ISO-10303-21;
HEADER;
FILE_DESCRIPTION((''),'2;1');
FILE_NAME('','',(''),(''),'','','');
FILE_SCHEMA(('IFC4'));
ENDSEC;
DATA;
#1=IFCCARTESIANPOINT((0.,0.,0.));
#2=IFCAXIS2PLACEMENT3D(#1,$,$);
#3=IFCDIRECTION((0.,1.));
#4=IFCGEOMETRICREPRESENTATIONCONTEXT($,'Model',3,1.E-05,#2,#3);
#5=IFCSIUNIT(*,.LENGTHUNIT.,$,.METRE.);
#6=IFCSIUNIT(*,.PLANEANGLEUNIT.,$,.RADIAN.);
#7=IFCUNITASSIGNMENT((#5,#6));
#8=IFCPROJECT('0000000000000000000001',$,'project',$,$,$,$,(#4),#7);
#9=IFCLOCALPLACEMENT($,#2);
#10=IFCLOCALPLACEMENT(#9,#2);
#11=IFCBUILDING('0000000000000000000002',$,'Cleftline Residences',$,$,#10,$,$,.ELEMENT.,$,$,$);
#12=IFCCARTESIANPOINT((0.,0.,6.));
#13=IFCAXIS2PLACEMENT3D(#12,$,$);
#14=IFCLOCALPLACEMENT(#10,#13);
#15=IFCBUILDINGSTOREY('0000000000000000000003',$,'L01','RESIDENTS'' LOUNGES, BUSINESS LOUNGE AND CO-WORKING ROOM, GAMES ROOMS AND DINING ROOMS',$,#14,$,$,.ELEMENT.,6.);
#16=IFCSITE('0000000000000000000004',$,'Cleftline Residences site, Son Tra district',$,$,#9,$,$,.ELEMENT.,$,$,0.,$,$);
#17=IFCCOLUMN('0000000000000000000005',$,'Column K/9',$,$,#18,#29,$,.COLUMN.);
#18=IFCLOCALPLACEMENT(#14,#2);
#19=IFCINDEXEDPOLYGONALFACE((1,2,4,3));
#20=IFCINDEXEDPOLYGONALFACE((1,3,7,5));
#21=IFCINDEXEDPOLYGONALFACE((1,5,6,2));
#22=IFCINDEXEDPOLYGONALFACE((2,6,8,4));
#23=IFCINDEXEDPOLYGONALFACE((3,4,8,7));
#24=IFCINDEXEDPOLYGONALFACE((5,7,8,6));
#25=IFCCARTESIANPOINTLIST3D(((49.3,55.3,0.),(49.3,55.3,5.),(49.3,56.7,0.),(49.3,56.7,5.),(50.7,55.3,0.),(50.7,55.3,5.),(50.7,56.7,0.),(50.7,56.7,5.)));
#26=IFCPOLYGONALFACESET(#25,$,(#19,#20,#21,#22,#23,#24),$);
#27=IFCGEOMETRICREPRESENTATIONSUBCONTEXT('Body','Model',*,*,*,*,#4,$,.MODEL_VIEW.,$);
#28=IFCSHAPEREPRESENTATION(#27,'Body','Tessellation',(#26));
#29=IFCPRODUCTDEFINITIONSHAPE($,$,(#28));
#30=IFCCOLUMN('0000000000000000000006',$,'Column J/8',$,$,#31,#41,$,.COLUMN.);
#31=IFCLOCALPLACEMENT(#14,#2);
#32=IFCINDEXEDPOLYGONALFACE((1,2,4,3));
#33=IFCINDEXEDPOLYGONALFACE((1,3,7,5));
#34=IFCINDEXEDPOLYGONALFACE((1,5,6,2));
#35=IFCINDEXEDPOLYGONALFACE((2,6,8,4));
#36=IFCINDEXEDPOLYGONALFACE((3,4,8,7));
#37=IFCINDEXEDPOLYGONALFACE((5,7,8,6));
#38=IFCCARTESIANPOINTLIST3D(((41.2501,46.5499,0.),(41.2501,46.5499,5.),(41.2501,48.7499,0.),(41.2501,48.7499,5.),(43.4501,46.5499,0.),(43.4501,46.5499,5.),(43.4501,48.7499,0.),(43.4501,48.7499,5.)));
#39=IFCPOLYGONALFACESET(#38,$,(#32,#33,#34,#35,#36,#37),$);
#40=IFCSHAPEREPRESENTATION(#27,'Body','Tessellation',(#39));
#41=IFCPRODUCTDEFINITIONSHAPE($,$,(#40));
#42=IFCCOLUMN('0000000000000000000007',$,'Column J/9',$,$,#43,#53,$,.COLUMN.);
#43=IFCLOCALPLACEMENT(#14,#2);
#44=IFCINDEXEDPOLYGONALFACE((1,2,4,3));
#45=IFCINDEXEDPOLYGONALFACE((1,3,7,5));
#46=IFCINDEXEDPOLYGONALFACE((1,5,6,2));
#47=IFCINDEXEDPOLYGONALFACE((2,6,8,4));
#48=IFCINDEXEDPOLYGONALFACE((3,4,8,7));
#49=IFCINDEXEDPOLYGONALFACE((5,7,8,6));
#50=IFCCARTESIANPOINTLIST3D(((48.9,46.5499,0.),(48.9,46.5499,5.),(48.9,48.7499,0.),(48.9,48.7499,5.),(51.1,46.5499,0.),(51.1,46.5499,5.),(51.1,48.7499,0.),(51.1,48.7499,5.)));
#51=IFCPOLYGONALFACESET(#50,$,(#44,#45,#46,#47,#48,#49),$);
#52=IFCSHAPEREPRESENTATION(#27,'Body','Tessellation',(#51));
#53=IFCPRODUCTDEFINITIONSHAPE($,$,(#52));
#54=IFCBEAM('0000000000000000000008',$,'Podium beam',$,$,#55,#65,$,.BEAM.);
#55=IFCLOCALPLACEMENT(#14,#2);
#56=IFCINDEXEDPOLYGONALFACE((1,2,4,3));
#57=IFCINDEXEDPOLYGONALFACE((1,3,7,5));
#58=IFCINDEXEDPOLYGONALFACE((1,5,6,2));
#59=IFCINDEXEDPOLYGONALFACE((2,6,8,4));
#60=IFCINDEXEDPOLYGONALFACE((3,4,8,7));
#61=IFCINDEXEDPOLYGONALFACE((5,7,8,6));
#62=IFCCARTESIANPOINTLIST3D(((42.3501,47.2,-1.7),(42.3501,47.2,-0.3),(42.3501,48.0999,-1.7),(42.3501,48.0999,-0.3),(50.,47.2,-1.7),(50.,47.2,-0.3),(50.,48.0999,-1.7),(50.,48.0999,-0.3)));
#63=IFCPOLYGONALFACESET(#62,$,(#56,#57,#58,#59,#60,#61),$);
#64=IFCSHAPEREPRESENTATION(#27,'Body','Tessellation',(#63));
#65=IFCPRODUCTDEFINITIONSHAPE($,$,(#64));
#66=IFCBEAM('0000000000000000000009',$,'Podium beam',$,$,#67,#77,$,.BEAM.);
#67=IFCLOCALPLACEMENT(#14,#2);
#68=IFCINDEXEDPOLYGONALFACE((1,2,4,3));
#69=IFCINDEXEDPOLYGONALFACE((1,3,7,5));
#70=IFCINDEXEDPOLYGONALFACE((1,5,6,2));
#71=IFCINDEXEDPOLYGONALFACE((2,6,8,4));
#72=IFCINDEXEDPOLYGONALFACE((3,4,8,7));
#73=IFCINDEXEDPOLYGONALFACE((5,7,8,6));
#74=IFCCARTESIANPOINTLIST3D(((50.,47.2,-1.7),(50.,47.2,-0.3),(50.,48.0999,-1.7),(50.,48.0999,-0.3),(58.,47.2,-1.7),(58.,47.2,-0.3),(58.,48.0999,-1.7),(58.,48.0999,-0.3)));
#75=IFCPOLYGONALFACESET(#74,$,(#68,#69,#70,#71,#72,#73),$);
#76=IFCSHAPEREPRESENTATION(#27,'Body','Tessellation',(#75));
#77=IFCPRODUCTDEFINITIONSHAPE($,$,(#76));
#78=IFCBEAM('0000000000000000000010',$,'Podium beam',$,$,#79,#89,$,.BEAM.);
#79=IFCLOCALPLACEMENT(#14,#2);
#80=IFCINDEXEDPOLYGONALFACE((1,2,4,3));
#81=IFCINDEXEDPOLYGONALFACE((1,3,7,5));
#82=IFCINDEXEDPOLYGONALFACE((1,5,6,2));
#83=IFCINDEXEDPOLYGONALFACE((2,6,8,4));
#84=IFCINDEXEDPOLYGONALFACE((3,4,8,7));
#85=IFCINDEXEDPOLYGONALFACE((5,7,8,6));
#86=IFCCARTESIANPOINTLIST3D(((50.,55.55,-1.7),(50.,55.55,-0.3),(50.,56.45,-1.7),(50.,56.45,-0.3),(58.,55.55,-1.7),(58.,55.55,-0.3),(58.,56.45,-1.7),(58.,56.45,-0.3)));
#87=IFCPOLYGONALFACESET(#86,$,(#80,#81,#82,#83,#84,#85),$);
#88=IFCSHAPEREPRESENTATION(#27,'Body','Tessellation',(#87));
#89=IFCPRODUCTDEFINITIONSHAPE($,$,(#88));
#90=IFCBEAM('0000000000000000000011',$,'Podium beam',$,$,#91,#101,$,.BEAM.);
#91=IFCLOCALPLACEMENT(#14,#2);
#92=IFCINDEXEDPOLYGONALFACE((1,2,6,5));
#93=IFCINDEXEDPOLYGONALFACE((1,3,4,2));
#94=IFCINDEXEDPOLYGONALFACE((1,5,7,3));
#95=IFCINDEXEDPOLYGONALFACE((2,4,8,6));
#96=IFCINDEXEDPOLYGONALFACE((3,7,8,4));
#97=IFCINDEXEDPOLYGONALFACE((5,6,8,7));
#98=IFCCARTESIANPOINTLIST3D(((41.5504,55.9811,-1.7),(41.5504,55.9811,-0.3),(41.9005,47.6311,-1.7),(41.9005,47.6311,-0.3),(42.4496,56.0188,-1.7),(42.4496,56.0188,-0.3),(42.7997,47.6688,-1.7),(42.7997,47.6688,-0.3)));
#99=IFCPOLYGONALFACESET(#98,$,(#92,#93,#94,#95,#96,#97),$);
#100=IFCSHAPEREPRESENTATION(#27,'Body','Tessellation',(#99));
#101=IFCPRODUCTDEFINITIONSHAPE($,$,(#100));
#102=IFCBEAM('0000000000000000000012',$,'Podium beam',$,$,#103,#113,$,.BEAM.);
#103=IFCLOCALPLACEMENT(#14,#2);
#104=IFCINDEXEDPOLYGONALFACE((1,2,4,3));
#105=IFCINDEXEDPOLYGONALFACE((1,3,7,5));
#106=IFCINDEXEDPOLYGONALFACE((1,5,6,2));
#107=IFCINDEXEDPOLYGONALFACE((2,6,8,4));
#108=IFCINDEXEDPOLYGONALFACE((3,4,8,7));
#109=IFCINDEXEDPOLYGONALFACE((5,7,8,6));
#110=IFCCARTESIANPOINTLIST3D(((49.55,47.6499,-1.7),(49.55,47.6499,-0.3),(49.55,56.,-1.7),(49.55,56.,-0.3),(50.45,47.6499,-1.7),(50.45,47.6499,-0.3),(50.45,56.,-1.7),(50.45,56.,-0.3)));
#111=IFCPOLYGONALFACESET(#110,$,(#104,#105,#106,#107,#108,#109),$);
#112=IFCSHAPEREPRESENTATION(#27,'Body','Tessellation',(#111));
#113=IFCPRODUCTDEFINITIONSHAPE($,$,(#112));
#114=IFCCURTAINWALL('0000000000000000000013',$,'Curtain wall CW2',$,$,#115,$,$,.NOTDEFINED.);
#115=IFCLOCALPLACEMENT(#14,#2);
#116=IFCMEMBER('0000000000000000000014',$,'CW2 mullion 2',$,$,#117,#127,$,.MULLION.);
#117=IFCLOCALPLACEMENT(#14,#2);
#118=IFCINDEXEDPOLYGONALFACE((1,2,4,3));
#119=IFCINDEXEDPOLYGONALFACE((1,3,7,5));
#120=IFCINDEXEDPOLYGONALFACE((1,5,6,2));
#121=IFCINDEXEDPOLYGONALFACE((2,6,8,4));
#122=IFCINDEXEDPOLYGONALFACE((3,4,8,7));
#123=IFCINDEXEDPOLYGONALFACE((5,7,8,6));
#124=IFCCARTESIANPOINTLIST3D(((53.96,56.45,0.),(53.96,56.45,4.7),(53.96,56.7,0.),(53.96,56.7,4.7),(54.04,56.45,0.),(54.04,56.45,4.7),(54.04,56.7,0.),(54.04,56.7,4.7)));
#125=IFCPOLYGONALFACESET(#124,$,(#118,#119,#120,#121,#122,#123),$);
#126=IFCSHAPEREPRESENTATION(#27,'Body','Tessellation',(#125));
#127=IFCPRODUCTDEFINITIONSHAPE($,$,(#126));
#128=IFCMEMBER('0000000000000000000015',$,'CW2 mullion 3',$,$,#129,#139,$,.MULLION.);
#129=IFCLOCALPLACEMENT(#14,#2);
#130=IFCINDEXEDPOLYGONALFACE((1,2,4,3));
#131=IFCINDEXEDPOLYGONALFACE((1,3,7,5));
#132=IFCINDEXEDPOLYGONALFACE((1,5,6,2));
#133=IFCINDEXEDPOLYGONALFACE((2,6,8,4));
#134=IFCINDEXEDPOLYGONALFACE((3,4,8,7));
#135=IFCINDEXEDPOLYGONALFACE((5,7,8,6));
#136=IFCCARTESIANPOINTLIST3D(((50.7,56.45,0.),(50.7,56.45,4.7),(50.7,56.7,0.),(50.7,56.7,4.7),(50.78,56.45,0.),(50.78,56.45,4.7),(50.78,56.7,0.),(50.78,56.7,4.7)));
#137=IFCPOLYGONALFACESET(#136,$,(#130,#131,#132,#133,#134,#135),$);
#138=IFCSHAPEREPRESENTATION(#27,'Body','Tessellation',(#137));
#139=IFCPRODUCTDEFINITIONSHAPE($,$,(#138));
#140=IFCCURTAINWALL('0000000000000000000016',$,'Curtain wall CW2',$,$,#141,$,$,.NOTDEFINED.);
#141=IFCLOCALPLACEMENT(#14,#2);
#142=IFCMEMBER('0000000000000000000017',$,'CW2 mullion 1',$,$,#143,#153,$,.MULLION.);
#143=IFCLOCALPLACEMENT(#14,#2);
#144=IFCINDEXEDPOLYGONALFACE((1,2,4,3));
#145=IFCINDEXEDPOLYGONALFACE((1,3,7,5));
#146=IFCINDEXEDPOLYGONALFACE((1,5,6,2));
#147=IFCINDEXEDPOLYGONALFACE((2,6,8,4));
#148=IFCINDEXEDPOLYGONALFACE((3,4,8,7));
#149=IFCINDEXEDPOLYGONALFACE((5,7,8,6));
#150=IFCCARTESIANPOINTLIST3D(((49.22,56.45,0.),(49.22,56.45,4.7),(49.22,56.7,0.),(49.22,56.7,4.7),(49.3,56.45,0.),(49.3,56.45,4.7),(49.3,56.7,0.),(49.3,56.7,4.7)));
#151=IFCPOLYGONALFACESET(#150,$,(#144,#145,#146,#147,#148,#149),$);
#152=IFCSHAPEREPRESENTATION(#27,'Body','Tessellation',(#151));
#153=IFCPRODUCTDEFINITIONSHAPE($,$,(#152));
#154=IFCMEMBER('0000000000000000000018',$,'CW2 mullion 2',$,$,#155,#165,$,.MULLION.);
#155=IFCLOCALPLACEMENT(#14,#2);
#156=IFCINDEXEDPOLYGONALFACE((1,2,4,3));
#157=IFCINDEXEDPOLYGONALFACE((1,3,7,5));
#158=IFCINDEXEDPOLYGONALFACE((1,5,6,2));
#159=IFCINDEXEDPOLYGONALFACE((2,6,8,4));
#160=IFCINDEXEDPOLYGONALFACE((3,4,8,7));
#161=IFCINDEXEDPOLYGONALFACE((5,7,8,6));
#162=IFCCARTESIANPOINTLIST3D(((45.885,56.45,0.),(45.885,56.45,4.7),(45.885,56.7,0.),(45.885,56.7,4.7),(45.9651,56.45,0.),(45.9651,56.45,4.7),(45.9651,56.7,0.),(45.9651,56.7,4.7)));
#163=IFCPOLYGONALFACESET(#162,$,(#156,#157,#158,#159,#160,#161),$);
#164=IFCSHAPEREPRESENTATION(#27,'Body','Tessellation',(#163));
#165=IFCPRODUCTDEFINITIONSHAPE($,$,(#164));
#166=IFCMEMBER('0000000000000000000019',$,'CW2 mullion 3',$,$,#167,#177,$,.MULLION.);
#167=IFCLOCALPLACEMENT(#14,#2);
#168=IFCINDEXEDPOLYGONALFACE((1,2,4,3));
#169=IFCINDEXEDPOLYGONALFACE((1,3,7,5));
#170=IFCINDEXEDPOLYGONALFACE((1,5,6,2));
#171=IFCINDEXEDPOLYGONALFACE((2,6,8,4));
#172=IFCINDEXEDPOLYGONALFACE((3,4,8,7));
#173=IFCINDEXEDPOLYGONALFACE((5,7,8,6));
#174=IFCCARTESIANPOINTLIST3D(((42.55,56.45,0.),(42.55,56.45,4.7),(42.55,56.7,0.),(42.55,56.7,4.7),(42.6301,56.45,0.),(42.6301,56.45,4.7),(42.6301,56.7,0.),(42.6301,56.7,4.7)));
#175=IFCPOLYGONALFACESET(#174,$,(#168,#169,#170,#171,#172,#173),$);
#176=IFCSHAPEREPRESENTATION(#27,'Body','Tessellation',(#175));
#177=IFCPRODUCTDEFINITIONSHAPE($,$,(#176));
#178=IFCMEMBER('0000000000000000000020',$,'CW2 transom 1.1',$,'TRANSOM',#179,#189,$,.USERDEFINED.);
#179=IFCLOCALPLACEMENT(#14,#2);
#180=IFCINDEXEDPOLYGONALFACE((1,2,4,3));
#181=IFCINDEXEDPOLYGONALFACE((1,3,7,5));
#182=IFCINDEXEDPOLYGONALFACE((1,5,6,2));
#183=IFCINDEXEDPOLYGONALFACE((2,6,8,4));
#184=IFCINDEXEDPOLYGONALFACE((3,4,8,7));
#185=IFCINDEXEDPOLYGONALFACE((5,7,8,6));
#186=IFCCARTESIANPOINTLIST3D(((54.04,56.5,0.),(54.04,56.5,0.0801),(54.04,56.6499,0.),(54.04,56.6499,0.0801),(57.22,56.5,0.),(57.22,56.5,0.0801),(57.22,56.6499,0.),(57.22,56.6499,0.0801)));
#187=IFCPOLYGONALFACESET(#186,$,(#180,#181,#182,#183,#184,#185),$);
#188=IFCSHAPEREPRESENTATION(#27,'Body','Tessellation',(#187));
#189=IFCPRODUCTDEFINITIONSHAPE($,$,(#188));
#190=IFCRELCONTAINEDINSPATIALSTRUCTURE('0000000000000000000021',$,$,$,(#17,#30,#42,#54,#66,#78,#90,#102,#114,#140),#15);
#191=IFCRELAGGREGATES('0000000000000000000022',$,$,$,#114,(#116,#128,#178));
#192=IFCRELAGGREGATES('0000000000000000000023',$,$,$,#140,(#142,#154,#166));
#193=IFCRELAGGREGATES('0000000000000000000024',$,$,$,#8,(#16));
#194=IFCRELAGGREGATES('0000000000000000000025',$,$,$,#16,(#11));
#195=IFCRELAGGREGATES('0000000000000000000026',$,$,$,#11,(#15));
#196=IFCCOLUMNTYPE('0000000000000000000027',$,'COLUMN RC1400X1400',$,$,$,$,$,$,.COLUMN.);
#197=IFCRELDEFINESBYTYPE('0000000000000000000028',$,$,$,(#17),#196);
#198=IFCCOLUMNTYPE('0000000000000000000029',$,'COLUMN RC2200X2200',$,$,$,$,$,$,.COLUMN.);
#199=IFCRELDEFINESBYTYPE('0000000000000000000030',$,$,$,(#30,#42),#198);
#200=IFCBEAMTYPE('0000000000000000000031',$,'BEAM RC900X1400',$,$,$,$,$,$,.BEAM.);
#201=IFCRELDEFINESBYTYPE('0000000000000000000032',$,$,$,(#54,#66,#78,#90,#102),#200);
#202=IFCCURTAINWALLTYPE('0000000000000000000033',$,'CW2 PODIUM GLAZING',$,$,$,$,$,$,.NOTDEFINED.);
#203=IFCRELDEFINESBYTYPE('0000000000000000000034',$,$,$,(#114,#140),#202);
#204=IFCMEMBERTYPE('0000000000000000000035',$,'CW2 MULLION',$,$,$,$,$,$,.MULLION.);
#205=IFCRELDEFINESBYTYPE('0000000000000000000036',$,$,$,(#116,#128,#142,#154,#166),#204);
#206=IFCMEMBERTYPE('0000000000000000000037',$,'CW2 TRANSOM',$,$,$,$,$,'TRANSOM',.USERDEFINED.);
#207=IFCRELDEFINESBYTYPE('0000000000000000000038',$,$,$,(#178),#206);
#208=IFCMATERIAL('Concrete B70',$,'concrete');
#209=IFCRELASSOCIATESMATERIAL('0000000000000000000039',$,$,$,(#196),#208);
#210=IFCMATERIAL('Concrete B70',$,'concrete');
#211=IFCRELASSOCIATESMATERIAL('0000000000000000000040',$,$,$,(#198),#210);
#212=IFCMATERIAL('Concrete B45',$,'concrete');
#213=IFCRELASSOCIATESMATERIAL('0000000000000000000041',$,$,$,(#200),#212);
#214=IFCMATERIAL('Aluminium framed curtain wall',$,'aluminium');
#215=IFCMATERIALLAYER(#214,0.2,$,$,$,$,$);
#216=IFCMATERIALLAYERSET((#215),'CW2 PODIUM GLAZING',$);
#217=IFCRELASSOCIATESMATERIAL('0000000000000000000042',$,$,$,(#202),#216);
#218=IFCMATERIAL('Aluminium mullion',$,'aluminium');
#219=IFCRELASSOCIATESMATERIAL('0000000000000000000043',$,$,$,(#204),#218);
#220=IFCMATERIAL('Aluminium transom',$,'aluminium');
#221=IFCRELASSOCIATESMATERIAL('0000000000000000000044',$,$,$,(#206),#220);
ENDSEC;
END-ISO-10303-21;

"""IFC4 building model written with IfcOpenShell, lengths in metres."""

from ifc_helpers import new_model, si_unit, direction, frame, origin, origin_2d, place, context, subcontext, project, spatial, rectangle, extrude, material, layer, layer_set, material_profile, profile_set, type_object, element, aggregate, save


model = new_model("IFC4")

# Units and contexts
model_context = context("Model", 3, precision=1e-05, world=origin(), true_north=direction((0.0, 1.0)))
body_context = subcontext(model_context, "Body", "Model", "MODEL_VIEW")
ifc_project = project(units=[si_unit("LENGTHUNIT", "METRE"), si_unit("PLANEANGLEUNIT", "RADIAN")], contexts=[model_context])

# Site, building, storey
site_placement = place(None, origin())
site = spatial("IfcSite", under=ifc_project, at=site_placement, Name="Cleftline Residences site, Son Tra district", CompositionType="ELEMENT", RefElevation=0.0)
building_placement = place(site_placement, origin())
building = spatial("IfcBuilding", under=site, at=building_placement, Name="Cleftline Residences", CompositionType="ELEMENT")
storey_placement = place(building_placement, frame((0.0, 0.0, 6.0)))
storey = spatial("IfcBuildingStorey", under=building, at=storey_placement, Name="L01", Description="RESIDENTS' LOUNGES, BUSINESS LOUNGE AND CO-WORKING ROOM, GAMES ROOMS AND DINING ROOMS", CompositionType="ELEMENT", Elevation=6.0)

# Columns
ifc_material_1 = material(Name="Concrete B70", Category="concrete")
ifc_material_profile_1 = material_profile(ifc_material_1, rectangle(XDim=1.3999, YDim=1.3999, at=origin_2d()))
ifc_profile_set_1 = profile_set([ifc_material_profile_1], Name="Concrete B70")
column_type_1 = type_object("IfcColumnType", Name="COLUMN RC1400X1400", PredefinedType="COLUMN", material=ifc_profile_set_1)
column_placement = place(storey_placement, frame((50.0, 56.0, 0.0), z_axis=(0.0, 0.0, 1.0), x_axis=(1.0, 0.0, 0.0)))
element("IfcColumn", 1, at=column_placement, inside=storey, type_object=column_type_1, Name="Column K/9", PredefinedType="COLUMN", context=body_context, shape_type="SweptSolid", body=[
    extrude(rectangle(XDim=1.3999, YDim=1.3999, at=origin_2d()), origin(), (0.0, 0.0, 1.0), 5.0),
])
ifc_material_2 = material(Name="Concrete B70", Category="concrete")
ifc_material_profile_2 = material_profile(ifc_material_2, rectangle(XDim=2.2, YDim=2.2, at=origin_2d()))
ifc_profile_set_2 = profile_set([ifc_material_profile_2], Name="Concrete B70")
column_type_2 = type_object("IfcColumnType", Name="COLUMN RC2200X2200", PredefinedType="COLUMN", material=ifc_profile_set_2)
for number, where, z_axis, x_axis, name in (
    (2, (42.3501, 47.6499, 0.0), (0.0, 0.0, 1.0), (1.0, 0.0, 0.0), "Column J/8"),
    (3, (50.0, 47.6499, 0.0), (0.0, 0.0, 1.0), (1.0, 0.0, 0.0), "Column J/9"),
):
    element("IfcColumn", number, at=place(storey_placement, frame(where, z_axis=z_axis, x_axis=x_axis)), inside=storey, type_object=column_type_2, Name=name, PredefinedType="COLUMN", context=body_context, shape_type="SweptSolid", body=[
        extrude(rectangle(XDim=2.2, YDim=2.2, at=origin_2d()), origin(), (0.0, 0.0, 1.0), 5.0),
    ])

# Beams
ifc_material_3 = material(Name="Concrete B45", Category="concrete")
ifc_material_profile_3 = material_profile(ifc_material_3, rectangle(XDim=0.8999, YDim=1.3999, at=origin_2d()))
ifc_profile_set_3 = profile_set([ifc_material_profile_3], Name="Concrete B45")
beam_type = type_object("IfcBeamType", Name="BEAM RC900X1400", PredefinedType="BEAM", material=ifc_profile_set_3)
beam_1_placement = place(storey_placement, frame((42.3501, 47.6499, -1.0), z_axis=(1.0, 0.0, 0.0), x_axis=(0.0, 1.0, 0.0)))
element("IfcBeam", 4, at=beam_1_placement, inside=storey, type_object=beam_type, Name="Podium beam", PredefinedType="BEAM", context=body_context, shape_type="SweptSolid", body=[
    extrude(rectangle(XDim=0.8999, YDim=1.3999, at=origin_2d()), origin(), (0.0, 0.0, 1.0), 7.6499),
])
for number, where, z_axis, x_axis, name in (
    (5, (50.0, 47.6499, -1.0), (1.0, 0.0, 0.0), (0.0, 1.0, 0.0), "Podium beam"),
    (6, (50.0, 56.0, -1.0), (1.0, 0.0, 0.0), (0.0, 1.0, 0.0), "Podium beam"),
):
    element("IfcBeam", number, at=place(storey_placement, frame(where, z_axis=z_axis, x_axis=x_axis)), inside=storey, type_object=beam_type, Name=name, PredefinedType="BEAM", context=body_context, shape_type="SweptSolid", body=[
        extrude(rectangle(XDim=0.8999, YDim=1.3999, at=origin_2d()), origin(), (0.0, 0.0, 1.0), 8.0),
    ])
beam_2_placement = place(storey_placement, frame((42.3501, 47.6499, -1.0), z_axis=(-0.041891, 0.999122, 0.0), x_axis=(-0.999122, -0.041891, 0.0)))
element("IfcBeam", 7, at=beam_2_placement, inside=storey, type_object=beam_type, Name="Podium beam", PredefinedType="BEAM", context=body_context, shape_type="SweptSolid", body=[
    extrude(rectangle(XDim=0.8999, YDim=1.3999, at=origin_2d()), origin(), (0.0, 0.0, 1.0), 8.3574),
])
beam_3_placement = place(storey_placement, frame((50.0, 47.6499, -1.0), z_axis=(0.0, 1.0, 0.0), x_axis=(-1.0, 0.0, 0.0)))
element("IfcBeam", 8, at=beam_3_placement, inside=storey, type_object=beam_type, Name="Podium beam", PredefinedType="BEAM", context=body_context, shape_type="SweptSolid", body=[
    extrude(rectangle(XDim=0.8999, YDim=1.3999, at=origin_2d()), origin(), (0.0, 0.0, 1.0), 8.3501),
])

# Curtain walls, members
ifc_material_4 = material(Name="Aluminium framed curtain wall", Category="aluminium")
ifc_layer_1 = layer(ifc_material_4, 0.2)
ifc_layer_set_1 = layer_set([ifc_layer_1], Name="CW2 PODIUM GLAZING")
curtain_wall_type = type_object("IfcCurtainWallType", Name="CW2 PODIUM GLAZING", PredefinedType="NOTDEFINED", material=ifc_layer_set_1)
curtain_wall_1_placement = place(storey_placement, origin())
curtain_wall_1 = element("IfcCurtainWall", 9, at=curtain_wall_1_placement, inside=storey, type_object=curtain_wall_type, Name="Curtain wall CW2", PredefinedType="NOTDEFINED")
ifc_material_5 = material(Name="Aluminium mullion", Category="aluminium")
ifc_material_profile_4 = material_profile(ifc_material_5, rectangle(XDim=0.25, YDim=0.0801, at=origin_2d()))
ifc_profile_set_4 = profile_set([ifc_material_profile_4], Name="Aluminium mullion")
member_type_1 = type_object("IfcMemberType", Name="CW2 MULLION", PredefinedType="MULLION", material=ifc_profile_set_4)
member_1_placement = place(storey_placement, frame((54.0, 56.575, 0.0), z_axis=(0.0, 0.0, 1.0), x_axis=(0.0, -1.0, 0.0)))
member_1 = element("IfcMember", 10, at=member_1_placement, type_object=member_type_1, Name="CW2 mullion 2", PredefinedType="MULLION", context=body_context, shape_type="SweptSolid", body=[
    extrude(rectangle(XDim=0.25, YDim=0.0801, at=origin_2d()), origin(), (0.0, 0.0, 1.0), 4.7),
])
member_2_placement = place(storey_placement, frame((50.74, 56.575, 0.0), z_axis=(0.0, 0.0, 1.0), x_axis=(0.0, -1.0, 0.0)))
member_2 = element("IfcMember", 11, at=member_2_placement, type_object=member_type_1, Name="CW2 mullion 3", PredefinedType="MULLION", context=body_context, shape_type="SweptSolid", body=[
    extrude(rectangle(XDim=0.25, YDim=0.0801, at=origin_2d()), origin(), (0.0, 0.0, 1.0), 4.7),
])
curtain_wall_2_placement = place(storey_placement, origin())
curtain_wall_2 = element("IfcCurtainWall", 12, at=curtain_wall_2_placement, inside=storey, type_object=curtain_wall_type, Name="Curtain wall CW2", PredefinedType="NOTDEFINED")
member_3_placement = place(storey_placement, frame((49.26, 56.575, 0.0), z_axis=(0.0, 0.0, 1.0), x_axis=(0.0, -1.0, 0.0)))
member_3 = element("IfcMember", 13, at=member_3_placement, type_object=member_type_1, Name="CW2 mullion 1", PredefinedType="MULLION", context=body_context, shape_type="SweptSolid", body=[
    extrude(rectangle(XDim=0.25, YDim=0.0801, at=origin_2d()), origin(), (0.0, 0.0, 1.0), 4.7),
])
member_4_placement = place(storey_placement, frame((45.925, 56.575, 0.0), z_axis=(0.0, 0.0, 1.0), x_axis=(0.0, -1.0, 0.0)))
member_4 = element("IfcMember", 14, at=member_4_placement, type_object=member_type_1, Name="CW2 mullion 2", PredefinedType="MULLION", context=body_context, shape_type="SweptSolid", body=[
    extrude(rectangle(XDim=0.25, YDim=0.0801, at=origin_2d()), origin(), (0.0, 0.0, 1.0), 4.7),
])
member_5_placement = place(storey_placement, frame((42.5901, 56.575, 0.0), z_axis=(0.0, 0.0, 1.0), x_axis=(0.0, -1.0, 0.0)))
member_5 = element("IfcMember", 15, at=member_5_placement, type_object=member_type_1, Name="CW2 mullion 3", PredefinedType="MULLION", context=body_context, shape_type="SweptSolid", body=[
    extrude(rectangle(XDim=0.25, YDim=0.0801, at=origin_2d()), origin(), (0.0, 0.0, 1.0), 4.7),
])

# Member
ifc_material_6 = material(Name="Aluminium transom", Category="aluminium")
ifc_material_profile_5 = material_profile(ifc_material_6, rectangle(XDim=0.1499, YDim=0.0801, at=origin_2d()))
ifc_profile_set_5 = profile_set([ifc_material_profile_5], Name="Aluminium transom")
member_type_2 = type_object("IfcMemberType", Name="CW2 TRANSOM", ElementType="TRANSOM", PredefinedType="USERDEFINED", material=ifc_profile_set_5)
member_6_placement = place(storey_placement, frame((57.22, 56.575, 0.04), z_axis=(-1.0, 0.0, 0.0), x_axis=(0.0, -1.0, 0.0)))
member_6 = element("IfcMember", 16, at=member_6_placement, type_object=member_type_2, Name="CW2 transom 1.1", ObjectType="TRANSOM", PredefinedType="USERDEFINED", context=body_context, shape_type="SweptSolid", body=[
    extrude(rectangle(XDim=0.1499, YDim=0.0801, at=origin_2d()), origin(), (0.0, 0.0, 1.0), 3.1799),
])

aggregate(curtain_wall_1, [member_1, member_2, member_6])
aggregate(curtain_wall_2, [member_3, member_4, member_5])

save(model, "model.ifc")
